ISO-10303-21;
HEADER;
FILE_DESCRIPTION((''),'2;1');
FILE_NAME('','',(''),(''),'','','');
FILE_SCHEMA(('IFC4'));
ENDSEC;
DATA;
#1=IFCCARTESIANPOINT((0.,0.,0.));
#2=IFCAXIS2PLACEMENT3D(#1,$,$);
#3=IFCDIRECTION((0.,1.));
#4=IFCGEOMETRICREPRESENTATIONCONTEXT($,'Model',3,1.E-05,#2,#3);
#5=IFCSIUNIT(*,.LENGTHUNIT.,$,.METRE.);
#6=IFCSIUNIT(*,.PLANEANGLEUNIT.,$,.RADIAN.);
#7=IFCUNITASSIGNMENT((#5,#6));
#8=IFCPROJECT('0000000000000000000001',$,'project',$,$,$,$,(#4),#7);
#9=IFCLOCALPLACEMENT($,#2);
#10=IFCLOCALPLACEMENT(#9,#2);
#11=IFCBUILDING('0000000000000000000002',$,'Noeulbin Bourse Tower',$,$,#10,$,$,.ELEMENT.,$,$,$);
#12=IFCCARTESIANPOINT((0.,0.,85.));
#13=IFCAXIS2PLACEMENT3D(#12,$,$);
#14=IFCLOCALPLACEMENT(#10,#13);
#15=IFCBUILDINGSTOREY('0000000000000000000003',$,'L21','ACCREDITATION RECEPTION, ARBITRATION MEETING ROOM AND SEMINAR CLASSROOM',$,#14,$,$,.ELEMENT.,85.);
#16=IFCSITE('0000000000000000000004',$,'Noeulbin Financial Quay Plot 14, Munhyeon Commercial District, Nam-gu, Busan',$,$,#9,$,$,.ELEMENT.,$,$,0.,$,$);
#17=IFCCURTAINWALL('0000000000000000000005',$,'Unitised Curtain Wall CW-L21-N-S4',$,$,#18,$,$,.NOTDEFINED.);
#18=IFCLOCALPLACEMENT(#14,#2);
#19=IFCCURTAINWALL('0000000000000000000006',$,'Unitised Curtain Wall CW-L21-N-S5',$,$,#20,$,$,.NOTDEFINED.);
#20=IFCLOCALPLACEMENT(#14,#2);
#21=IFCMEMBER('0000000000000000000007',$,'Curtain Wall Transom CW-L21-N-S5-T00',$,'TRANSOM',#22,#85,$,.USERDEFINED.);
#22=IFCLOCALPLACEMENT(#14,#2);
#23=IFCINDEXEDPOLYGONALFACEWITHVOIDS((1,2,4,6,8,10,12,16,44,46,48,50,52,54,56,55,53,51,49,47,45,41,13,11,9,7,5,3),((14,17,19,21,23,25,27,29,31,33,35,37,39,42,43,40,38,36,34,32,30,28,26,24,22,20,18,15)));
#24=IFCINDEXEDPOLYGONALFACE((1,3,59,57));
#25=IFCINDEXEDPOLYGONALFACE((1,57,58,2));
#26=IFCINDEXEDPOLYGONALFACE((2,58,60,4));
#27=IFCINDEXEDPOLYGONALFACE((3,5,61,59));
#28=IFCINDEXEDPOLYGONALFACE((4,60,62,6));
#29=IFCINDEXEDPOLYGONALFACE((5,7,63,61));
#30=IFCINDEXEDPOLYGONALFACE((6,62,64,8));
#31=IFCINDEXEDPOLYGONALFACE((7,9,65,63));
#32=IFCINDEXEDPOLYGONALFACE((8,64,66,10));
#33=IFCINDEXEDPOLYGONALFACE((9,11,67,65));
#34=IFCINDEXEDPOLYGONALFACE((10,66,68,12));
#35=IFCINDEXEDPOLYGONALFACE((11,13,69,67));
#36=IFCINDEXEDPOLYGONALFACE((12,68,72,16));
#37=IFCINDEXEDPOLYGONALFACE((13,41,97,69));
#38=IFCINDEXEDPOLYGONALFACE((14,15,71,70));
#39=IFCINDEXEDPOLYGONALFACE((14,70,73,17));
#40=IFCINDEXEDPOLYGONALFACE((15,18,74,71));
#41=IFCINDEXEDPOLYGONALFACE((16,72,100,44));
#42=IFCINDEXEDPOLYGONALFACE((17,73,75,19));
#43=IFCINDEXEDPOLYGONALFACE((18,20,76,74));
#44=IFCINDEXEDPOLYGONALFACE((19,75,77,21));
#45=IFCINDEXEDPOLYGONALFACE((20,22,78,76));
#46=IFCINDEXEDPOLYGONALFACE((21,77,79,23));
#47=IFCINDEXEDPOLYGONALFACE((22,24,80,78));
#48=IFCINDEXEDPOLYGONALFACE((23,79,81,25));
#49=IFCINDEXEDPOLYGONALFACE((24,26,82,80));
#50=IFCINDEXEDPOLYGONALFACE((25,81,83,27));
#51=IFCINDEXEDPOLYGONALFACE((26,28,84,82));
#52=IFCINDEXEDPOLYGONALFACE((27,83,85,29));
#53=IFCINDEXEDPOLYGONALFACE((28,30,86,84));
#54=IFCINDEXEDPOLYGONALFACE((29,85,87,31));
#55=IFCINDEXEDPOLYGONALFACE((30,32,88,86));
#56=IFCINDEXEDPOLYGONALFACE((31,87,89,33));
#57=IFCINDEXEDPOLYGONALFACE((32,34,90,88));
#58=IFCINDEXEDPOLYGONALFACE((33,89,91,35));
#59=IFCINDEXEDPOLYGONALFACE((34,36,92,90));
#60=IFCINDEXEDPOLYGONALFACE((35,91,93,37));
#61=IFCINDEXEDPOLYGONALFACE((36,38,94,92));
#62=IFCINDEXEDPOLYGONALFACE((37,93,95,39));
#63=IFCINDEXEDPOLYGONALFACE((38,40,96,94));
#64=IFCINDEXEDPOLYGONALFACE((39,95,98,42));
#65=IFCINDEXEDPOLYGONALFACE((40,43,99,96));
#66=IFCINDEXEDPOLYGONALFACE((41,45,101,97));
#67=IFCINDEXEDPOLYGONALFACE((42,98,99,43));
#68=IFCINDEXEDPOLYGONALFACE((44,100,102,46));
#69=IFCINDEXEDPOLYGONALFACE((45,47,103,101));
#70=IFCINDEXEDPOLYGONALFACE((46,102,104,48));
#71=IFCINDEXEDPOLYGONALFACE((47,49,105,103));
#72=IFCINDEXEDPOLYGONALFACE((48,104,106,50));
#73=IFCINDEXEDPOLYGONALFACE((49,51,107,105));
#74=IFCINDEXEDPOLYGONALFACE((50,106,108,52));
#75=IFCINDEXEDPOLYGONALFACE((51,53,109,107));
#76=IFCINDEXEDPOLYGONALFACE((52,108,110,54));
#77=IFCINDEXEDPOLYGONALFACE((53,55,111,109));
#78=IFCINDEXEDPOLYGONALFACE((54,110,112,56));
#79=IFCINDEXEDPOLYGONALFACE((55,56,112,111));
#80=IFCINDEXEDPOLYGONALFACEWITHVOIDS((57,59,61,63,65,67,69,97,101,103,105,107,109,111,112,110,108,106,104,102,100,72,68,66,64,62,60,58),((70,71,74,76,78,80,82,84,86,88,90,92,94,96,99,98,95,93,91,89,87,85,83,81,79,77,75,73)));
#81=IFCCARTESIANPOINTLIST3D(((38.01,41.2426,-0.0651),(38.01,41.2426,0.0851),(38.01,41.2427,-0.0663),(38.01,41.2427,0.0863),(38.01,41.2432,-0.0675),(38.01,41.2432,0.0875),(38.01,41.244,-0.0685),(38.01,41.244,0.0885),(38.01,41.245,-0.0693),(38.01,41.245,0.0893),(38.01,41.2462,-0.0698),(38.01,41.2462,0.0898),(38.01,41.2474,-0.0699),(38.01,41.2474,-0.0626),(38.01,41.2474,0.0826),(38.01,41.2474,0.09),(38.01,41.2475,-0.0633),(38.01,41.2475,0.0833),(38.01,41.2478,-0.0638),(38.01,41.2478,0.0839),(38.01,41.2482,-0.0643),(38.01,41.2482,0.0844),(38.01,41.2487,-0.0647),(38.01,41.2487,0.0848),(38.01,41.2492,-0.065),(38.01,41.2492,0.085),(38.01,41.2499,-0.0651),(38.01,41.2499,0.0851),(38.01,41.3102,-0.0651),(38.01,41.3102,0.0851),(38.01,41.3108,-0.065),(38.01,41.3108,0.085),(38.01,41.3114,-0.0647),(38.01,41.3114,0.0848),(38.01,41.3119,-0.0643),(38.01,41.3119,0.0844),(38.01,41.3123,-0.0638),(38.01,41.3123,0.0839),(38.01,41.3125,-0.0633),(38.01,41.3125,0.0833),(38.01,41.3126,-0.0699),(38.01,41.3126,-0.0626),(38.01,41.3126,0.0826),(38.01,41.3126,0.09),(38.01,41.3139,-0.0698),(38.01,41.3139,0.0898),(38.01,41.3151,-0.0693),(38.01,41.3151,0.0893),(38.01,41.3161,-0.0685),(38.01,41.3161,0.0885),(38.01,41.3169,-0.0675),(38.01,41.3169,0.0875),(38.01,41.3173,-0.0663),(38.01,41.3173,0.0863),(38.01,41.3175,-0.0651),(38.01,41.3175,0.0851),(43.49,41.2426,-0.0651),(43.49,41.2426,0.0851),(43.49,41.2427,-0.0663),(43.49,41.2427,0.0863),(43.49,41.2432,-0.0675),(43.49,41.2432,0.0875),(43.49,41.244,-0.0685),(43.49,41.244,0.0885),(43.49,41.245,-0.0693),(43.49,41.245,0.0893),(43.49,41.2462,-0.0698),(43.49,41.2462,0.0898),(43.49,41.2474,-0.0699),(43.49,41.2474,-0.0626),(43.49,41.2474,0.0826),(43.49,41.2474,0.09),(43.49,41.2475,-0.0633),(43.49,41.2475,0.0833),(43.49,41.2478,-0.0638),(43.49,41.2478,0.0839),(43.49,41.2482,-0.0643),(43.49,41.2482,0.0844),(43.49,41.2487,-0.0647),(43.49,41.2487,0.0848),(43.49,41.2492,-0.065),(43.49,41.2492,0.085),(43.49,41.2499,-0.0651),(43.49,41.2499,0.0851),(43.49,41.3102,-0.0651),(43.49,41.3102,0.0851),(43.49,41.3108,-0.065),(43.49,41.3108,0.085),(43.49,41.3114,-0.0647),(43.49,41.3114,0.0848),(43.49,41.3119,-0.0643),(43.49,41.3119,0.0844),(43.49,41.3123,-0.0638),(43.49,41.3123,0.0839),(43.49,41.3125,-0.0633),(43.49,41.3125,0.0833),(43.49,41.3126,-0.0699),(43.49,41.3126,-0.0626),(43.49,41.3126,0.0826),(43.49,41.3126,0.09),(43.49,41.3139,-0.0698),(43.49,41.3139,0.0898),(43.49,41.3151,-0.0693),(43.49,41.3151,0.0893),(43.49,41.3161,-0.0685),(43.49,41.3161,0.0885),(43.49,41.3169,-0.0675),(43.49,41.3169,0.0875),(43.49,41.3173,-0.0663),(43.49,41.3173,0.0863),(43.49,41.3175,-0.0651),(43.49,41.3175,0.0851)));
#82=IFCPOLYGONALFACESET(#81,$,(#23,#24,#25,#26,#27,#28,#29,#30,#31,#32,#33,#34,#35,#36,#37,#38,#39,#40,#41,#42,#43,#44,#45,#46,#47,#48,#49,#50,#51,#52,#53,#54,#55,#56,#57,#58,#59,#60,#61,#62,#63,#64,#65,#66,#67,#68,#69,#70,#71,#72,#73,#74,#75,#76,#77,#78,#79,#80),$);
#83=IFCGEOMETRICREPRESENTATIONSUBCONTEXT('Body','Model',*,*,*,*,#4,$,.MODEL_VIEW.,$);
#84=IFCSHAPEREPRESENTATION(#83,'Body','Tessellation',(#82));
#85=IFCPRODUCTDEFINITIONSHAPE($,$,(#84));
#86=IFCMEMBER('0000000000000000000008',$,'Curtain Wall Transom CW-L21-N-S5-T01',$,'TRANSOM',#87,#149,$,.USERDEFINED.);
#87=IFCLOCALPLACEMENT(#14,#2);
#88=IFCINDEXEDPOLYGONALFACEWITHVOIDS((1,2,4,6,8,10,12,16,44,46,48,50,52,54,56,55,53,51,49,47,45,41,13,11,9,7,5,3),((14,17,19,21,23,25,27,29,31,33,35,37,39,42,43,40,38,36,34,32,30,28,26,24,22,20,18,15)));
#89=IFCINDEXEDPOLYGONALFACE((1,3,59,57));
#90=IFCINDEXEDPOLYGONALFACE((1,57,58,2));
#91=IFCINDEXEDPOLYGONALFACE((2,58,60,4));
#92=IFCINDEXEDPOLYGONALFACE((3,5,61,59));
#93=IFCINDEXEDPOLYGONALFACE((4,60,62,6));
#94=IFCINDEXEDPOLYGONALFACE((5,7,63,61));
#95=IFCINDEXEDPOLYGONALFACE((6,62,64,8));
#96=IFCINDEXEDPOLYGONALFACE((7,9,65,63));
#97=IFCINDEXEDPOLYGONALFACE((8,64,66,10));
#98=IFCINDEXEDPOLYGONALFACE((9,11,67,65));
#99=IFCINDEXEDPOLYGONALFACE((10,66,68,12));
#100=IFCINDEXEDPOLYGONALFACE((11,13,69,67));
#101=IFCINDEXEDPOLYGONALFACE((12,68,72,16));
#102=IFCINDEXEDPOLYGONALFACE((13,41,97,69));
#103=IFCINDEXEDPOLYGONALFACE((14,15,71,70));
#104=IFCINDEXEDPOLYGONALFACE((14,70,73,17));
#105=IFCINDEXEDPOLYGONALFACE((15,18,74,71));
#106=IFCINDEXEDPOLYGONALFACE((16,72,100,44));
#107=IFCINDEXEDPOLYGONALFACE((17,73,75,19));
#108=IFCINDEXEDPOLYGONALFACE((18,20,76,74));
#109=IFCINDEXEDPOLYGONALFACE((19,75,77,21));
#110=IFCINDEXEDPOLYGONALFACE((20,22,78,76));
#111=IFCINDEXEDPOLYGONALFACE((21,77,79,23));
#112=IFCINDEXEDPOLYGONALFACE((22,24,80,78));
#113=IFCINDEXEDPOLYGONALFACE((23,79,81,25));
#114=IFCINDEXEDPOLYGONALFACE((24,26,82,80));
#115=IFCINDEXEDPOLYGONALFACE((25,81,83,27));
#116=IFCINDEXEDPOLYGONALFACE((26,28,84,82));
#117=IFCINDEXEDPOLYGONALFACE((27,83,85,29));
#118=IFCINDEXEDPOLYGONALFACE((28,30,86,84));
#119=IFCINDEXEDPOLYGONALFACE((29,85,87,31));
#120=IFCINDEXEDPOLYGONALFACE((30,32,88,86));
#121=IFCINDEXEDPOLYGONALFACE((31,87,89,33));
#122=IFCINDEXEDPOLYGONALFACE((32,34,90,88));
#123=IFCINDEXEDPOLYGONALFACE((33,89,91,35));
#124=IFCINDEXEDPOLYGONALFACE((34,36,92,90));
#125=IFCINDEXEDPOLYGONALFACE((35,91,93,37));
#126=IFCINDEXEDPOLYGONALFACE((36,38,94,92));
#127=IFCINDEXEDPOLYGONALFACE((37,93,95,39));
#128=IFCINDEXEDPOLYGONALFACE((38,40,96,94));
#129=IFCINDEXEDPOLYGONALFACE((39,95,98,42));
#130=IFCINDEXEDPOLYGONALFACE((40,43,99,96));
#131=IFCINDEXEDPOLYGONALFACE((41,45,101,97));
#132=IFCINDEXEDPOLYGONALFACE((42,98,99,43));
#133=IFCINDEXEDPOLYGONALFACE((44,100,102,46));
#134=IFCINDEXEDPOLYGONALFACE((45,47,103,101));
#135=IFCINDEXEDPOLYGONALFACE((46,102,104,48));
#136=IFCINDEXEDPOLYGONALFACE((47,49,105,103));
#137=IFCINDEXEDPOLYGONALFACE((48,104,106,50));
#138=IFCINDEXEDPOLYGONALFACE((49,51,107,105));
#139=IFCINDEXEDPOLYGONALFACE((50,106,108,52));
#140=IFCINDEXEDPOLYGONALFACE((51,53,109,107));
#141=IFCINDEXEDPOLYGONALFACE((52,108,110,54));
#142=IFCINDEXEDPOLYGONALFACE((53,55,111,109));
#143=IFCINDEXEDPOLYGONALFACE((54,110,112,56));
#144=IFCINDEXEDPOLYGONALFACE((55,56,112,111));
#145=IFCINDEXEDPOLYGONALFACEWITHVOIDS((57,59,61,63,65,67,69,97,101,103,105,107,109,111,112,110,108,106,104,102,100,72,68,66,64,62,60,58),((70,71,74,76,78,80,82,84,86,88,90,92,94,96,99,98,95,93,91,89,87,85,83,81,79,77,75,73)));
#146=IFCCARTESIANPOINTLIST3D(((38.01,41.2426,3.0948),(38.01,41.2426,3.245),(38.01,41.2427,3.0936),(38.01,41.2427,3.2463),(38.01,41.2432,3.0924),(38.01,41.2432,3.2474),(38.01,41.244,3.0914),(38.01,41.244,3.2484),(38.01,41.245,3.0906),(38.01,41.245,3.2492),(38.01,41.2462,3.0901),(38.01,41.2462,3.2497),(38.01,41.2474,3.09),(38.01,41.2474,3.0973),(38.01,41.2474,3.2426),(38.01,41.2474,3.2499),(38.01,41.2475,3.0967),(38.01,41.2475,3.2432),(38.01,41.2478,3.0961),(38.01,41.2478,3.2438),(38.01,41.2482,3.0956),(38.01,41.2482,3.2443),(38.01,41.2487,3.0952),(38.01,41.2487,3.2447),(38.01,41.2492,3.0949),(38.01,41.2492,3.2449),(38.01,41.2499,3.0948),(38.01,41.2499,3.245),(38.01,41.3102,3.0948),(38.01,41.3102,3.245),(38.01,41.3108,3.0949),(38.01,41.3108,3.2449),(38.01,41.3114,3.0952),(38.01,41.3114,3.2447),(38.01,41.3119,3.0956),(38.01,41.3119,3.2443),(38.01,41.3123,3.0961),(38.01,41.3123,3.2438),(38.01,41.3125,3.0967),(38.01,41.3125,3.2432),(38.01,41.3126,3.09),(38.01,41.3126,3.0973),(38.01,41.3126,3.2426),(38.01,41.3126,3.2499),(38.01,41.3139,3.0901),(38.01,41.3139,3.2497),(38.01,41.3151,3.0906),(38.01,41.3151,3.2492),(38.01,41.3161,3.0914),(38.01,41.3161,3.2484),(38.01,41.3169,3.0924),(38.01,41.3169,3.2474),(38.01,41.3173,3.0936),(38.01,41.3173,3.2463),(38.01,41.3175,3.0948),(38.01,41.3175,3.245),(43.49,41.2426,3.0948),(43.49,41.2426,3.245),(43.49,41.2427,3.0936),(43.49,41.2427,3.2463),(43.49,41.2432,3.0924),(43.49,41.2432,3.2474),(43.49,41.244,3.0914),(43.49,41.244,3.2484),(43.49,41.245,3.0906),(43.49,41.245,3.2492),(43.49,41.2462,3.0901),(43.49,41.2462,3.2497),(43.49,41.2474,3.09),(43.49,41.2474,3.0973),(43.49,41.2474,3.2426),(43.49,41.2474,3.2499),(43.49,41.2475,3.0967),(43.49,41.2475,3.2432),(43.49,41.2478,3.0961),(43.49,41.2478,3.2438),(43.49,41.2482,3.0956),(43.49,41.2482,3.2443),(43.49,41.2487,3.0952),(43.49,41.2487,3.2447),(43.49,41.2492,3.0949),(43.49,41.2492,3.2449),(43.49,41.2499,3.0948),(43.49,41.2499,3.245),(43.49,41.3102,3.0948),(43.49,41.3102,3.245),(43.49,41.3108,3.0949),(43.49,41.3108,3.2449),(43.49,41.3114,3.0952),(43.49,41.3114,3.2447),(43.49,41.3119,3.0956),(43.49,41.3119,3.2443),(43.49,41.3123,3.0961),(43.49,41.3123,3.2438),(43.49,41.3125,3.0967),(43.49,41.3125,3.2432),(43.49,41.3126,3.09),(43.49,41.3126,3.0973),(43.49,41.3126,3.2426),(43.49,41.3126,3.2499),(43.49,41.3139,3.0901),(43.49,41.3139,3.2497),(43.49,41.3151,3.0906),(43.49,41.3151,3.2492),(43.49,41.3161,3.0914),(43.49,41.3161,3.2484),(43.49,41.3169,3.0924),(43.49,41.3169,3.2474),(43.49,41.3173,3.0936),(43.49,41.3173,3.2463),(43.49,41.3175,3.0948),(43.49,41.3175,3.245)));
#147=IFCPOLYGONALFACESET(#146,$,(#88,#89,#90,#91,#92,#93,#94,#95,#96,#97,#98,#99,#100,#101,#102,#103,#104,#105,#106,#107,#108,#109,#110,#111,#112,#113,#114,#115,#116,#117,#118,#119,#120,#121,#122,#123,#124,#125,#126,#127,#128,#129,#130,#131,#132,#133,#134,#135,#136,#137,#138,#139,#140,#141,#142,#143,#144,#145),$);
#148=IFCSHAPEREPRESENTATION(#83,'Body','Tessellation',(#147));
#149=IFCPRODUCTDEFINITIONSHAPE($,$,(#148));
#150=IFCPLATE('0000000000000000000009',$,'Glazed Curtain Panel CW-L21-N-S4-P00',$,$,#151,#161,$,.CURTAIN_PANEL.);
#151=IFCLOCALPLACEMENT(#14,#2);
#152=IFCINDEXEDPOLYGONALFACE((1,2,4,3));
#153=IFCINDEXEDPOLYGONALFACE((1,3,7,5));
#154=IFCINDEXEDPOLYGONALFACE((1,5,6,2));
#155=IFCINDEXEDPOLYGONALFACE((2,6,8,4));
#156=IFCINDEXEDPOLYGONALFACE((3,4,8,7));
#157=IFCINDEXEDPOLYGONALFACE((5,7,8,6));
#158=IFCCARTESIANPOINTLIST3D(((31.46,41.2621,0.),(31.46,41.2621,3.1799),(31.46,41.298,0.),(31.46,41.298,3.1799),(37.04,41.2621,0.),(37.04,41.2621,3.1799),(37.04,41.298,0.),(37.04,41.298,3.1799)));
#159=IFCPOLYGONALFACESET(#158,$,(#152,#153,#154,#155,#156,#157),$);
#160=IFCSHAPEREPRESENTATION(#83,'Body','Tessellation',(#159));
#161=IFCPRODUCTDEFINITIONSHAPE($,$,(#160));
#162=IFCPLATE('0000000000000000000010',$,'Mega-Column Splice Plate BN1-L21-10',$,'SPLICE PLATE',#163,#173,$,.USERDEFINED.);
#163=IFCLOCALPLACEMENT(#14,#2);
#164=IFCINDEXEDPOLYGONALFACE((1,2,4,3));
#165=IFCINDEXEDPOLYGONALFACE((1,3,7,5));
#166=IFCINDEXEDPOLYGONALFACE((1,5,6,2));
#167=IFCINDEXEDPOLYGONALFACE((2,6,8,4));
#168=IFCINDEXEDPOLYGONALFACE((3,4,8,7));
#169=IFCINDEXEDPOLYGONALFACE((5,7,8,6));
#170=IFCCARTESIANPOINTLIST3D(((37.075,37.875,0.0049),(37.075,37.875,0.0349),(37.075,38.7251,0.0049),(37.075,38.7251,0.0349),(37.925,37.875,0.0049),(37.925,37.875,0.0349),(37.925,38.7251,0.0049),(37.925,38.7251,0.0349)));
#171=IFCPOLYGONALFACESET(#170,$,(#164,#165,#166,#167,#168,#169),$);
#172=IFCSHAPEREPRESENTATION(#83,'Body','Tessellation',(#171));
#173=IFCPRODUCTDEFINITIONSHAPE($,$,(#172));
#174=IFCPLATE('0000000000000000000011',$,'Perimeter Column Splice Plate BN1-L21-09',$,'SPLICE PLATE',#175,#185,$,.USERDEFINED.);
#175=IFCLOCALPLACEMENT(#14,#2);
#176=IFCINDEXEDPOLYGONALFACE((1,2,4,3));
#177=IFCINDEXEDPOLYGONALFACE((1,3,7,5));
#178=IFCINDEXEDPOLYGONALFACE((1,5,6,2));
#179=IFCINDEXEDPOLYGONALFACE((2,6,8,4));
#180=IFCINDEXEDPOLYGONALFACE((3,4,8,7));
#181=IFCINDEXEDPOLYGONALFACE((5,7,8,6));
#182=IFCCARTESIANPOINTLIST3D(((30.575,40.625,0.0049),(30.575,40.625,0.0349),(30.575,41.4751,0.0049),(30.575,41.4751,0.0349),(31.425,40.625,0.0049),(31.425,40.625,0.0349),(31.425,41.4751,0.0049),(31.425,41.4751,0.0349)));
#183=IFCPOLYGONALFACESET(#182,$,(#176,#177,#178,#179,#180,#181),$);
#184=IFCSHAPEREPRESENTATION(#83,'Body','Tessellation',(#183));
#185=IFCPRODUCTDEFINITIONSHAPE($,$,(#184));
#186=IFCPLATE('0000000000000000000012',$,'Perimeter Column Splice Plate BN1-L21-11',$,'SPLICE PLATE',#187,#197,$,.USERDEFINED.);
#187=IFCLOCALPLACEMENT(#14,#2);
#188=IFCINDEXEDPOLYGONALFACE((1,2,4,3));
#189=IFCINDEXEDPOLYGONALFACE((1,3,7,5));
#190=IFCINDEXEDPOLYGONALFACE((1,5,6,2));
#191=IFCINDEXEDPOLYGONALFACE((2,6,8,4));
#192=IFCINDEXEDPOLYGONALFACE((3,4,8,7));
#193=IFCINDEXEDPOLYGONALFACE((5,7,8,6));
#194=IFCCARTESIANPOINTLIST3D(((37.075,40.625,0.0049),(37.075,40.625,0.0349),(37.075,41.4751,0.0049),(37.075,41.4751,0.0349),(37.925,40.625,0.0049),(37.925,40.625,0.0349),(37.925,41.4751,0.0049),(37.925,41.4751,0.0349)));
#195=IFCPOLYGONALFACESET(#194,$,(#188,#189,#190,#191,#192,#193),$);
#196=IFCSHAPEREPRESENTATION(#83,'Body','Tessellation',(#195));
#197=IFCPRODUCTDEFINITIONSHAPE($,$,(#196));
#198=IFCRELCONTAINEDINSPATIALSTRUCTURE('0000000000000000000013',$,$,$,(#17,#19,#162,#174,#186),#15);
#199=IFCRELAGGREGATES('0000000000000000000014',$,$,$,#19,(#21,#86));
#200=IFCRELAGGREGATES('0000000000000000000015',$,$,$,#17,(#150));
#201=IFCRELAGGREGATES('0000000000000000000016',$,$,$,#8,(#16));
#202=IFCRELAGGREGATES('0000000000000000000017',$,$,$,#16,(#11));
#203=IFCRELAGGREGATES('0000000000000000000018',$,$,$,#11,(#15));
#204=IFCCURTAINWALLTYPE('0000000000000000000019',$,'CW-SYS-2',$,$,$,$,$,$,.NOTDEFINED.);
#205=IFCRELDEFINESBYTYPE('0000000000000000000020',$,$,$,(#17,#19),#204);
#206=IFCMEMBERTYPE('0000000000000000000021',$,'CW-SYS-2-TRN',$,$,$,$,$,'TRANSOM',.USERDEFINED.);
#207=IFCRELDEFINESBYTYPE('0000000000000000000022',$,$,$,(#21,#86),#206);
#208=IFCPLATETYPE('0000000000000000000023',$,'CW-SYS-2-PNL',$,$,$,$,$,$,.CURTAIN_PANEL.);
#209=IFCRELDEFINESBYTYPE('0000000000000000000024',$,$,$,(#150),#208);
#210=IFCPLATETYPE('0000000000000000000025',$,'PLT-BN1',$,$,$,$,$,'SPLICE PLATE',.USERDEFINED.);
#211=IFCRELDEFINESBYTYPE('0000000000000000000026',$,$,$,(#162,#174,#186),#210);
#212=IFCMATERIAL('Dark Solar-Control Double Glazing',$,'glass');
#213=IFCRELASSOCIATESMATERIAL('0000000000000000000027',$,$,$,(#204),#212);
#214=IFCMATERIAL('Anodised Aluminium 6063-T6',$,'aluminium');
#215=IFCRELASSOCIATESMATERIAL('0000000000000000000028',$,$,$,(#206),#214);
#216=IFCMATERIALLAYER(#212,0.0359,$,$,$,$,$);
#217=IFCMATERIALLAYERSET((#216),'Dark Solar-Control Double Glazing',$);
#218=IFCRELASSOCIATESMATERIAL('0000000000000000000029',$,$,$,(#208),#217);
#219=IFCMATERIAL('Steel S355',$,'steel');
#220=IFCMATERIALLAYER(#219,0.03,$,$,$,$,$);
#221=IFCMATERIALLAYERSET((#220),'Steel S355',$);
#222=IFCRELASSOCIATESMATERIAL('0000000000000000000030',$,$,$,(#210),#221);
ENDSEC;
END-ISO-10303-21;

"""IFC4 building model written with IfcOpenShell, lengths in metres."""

from ifc_helpers import new_model, si_unit, direction, frame, origin, origin_2d, place, context, subcontext, project, spatial, rectangle, hollow_rectangle, extrude, material, layer, layer_set, material_profile, profile_set, type_object, element, aggregate, save


model = new_model("IFC4")

# Units and contexts
model_context = context("Model", 3, precision=1e-05, world=origin(), true_north=direction((0.0, 1.0)))
body_context = subcontext(model_context, "Body", "Model", "MODEL_VIEW")
ifc_project = project(units=[si_unit("LENGTHUNIT", "METRE"), si_unit("PLANEANGLEUNIT", "RADIAN")], contexts=[model_context])

# Site, building, storey
site_placement = place(None, origin())
site = spatial("IfcSite", under=ifc_project, at=site_placement, Name="Noeulbin Financial Quay Plot 14, Munhyeon Commercial District, Nam-gu, Busan", CompositionType="ELEMENT", RefElevation=0.0)
building_placement = place(site_placement, origin())
building = spatial("IfcBuilding", under=site, at=building_placement, Name="Noeulbin Bourse Tower", CompositionType="ELEMENT")
storey_placement = place(building_placement, frame((0.0, 0.0, 85.0)))
storey = spatial("IfcBuildingStorey", under=building, at=storey_placement, Name="L21", Description="ACCREDITATION RECEPTION, ARBITRATION MEETING ROOM AND SEMINAR CLASSROOM", CompositionType="ELEMENT", Elevation=85.0)

# Shared definitions
ifc_material_1 = material(Name="Steel S355", Category="steel")

# Shared definitions
ifc_material_2 = material(Name="Dark Solar-Control Double Glazing", Category="glass")
curtain_wall_type = type_object("IfcCurtainWallType", Name="CW-SYS-2", PredefinedType="NOTDEFINED", material=ifc_material_2)
ifc_material_3 = material(Name="Anodised Aluminium 6063-T6", Category="aluminium")

# Curtain wall
curtain_wall_1_placement = place(storey_placement, origin())
curtain_wall_1 = element("IfcCurtainWall", 1, at=curtain_wall_1_placement, inside=storey, type_object=curtain_wall_type, Name="Unitised Curtain Wall CW-L21-N-S4", PredefinedType="NOTDEFINED")

# Curtain wall
curtain_wall_2_placement = place(storey_placement, origin())
curtain_wall_2 = element("IfcCurtainWall", 2, at=curtain_wall_2_placement, inside=storey, type_object=curtain_wall_type, Name="Unitised Curtain Wall CW-L21-N-S5", PredefinedType="NOTDEFINED")

# Members
ifc_material_profile_1 = material_profile(ifc_material_3, hollow_rectangle(XDim=0.075, YDim=0.1599, WallThickness=0.0049, InnerFilletRadius=0.0024, OuterFilletRadius=0.0049, at=origin_2d()), Name="ALU-TRAN-75x160x5", Category="LoadBearing")
ifc_profile_set_1 = profile_set([ifc_material_profile_1], Name="Anodised Aluminium 6063-T6")
member_type_1 = type_object("IfcMemberType", Name="CW-SYS-2-TRN", ElementType="TRANSOM", PredefinedType="USERDEFINED", material=ifc_profile_set_1)
member_1_placement = place(storey_placement, frame((38.01, 41.28, 0.01), z_axis=(1.0, 0.0, 0.0), x_axis=(0.0, 1.0, 0.0)))
member_1 = element("IfcMember", 3, at=member_1_placement, type_object=member_type_1, Name="Curtain Wall Transom CW-L21-N-S5-T00", ObjectType="TRANSOM", PredefinedType="USERDEFINED", context=body_context, shape_type="SweptSolid", body=[
    extrude(hollow_rectangle(XDim=0.075, YDim=0.1599, WallThickness=0.0049, InnerFilletRadius=0.0024, OuterFilletRadius=0.0049, at=origin_2d()), origin(), (0.0, 0.0, 1.0), 5.48),
])
member_2_placement = place(storey_placement, frame((38.01, 41.28, 3.1699), z_axis=(1.0, 0.0, 0.0), x_axis=(0.0, 1.0, 0.0)))
member_2 = element("IfcMember", 4, at=member_2_placement, type_object=member_type_1, Name="Curtain Wall Transom CW-L21-N-S5-T01", ObjectType="TRANSOM", PredefinedType="USERDEFINED", context=body_context, shape_type="SweptSolid", body=[
    extrude(hollow_rectangle(XDim=0.075, YDim=0.1599, WallThickness=0.0049, InnerFilletRadius=0.0024, OuterFilletRadius=0.0049, at=origin_2d()), origin(), (0.0, 0.0, 1.0), 5.48),
])
aggregate(curtain_wall_2, [member_1, member_2])

# Plate
ifc_layer_1 = layer(ifc_material_2, 0.0359)
ifc_layer_set_1 = layer_set([ifc_layer_1], Name="Dark Solar-Control Double Glazing")
plate_type_1 = type_object("IfcPlateType", Name="CW-SYS-2-PNL", PredefinedType="CURTAIN_PANEL", material=ifc_layer_set_1)
plate_placement = place(storey_placement, frame((34.25, 41.28, 0.0), z_axis=(0.0, 0.0, 1.0), x_axis=(1.0, 0.0, 0.0)))
plate = element("IfcPlate", 5, at=plate_placement, type_object=plate_type_1, Name="Glazed Curtain Panel CW-L21-N-S4-P00", PredefinedType="CURTAIN_PANEL", context=body_context, shape_type="SweptSolid", body=[
    extrude(rectangle(XDim=5.5801, YDim=0.0359, at=origin_2d()), origin(), (0.0, 0.0, 1.0), 3.1799),
])
aggregate(curtain_wall_1, [plate])

# Plates
ifc_layer_2 = layer(ifc_material_1, 0.03)
ifc_layer_set_2 = layer_set([ifc_layer_2], Name="Steel S355")
plate_type_2 = type_object("IfcPlateType", Name="PLT-BN1", ElementType="SPLICE PLATE", PredefinedType="USERDEFINED", material=ifc_layer_set_2)
for number, where, z_axis, x_axis, name in (
    (6, (37.5, 38.3, 0.0049), (0.0, 0.0, 1.0), (1.0, 0.0, 0.0), "Mega-Column Splice Plate BN1-L21-10"),
    (7, (31.0, 41.05, 0.0049), (0.0, 0.0, 1.0), (1.0, 0.0, 0.0), "Perimeter Column Splice Plate BN1-L21-09"),
    (8, (37.5, 41.05, 0.0049), (0.0, 0.0, 1.0), (1.0, 0.0, 0.0), "Perimeter Column Splice Plate BN1-L21-11"),
):
    element("IfcPlate", number, at=place(storey_placement, frame(where, z_axis=z_axis, x_axis=x_axis)), inside=storey, type_object=plate_type_2, Name=name, ObjectType="SPLICE PLATE", PredefinedType="USERDEFINED", context=body_context, shape_type="SweptSolid", body=[
        extrude(rectangle(XDim=0.8501, YDim=0.8501, at=origin_2d()), origin(), (0.0, 0.0, 1.0), 0.03),
    ])

save(model, "model.ifc")
